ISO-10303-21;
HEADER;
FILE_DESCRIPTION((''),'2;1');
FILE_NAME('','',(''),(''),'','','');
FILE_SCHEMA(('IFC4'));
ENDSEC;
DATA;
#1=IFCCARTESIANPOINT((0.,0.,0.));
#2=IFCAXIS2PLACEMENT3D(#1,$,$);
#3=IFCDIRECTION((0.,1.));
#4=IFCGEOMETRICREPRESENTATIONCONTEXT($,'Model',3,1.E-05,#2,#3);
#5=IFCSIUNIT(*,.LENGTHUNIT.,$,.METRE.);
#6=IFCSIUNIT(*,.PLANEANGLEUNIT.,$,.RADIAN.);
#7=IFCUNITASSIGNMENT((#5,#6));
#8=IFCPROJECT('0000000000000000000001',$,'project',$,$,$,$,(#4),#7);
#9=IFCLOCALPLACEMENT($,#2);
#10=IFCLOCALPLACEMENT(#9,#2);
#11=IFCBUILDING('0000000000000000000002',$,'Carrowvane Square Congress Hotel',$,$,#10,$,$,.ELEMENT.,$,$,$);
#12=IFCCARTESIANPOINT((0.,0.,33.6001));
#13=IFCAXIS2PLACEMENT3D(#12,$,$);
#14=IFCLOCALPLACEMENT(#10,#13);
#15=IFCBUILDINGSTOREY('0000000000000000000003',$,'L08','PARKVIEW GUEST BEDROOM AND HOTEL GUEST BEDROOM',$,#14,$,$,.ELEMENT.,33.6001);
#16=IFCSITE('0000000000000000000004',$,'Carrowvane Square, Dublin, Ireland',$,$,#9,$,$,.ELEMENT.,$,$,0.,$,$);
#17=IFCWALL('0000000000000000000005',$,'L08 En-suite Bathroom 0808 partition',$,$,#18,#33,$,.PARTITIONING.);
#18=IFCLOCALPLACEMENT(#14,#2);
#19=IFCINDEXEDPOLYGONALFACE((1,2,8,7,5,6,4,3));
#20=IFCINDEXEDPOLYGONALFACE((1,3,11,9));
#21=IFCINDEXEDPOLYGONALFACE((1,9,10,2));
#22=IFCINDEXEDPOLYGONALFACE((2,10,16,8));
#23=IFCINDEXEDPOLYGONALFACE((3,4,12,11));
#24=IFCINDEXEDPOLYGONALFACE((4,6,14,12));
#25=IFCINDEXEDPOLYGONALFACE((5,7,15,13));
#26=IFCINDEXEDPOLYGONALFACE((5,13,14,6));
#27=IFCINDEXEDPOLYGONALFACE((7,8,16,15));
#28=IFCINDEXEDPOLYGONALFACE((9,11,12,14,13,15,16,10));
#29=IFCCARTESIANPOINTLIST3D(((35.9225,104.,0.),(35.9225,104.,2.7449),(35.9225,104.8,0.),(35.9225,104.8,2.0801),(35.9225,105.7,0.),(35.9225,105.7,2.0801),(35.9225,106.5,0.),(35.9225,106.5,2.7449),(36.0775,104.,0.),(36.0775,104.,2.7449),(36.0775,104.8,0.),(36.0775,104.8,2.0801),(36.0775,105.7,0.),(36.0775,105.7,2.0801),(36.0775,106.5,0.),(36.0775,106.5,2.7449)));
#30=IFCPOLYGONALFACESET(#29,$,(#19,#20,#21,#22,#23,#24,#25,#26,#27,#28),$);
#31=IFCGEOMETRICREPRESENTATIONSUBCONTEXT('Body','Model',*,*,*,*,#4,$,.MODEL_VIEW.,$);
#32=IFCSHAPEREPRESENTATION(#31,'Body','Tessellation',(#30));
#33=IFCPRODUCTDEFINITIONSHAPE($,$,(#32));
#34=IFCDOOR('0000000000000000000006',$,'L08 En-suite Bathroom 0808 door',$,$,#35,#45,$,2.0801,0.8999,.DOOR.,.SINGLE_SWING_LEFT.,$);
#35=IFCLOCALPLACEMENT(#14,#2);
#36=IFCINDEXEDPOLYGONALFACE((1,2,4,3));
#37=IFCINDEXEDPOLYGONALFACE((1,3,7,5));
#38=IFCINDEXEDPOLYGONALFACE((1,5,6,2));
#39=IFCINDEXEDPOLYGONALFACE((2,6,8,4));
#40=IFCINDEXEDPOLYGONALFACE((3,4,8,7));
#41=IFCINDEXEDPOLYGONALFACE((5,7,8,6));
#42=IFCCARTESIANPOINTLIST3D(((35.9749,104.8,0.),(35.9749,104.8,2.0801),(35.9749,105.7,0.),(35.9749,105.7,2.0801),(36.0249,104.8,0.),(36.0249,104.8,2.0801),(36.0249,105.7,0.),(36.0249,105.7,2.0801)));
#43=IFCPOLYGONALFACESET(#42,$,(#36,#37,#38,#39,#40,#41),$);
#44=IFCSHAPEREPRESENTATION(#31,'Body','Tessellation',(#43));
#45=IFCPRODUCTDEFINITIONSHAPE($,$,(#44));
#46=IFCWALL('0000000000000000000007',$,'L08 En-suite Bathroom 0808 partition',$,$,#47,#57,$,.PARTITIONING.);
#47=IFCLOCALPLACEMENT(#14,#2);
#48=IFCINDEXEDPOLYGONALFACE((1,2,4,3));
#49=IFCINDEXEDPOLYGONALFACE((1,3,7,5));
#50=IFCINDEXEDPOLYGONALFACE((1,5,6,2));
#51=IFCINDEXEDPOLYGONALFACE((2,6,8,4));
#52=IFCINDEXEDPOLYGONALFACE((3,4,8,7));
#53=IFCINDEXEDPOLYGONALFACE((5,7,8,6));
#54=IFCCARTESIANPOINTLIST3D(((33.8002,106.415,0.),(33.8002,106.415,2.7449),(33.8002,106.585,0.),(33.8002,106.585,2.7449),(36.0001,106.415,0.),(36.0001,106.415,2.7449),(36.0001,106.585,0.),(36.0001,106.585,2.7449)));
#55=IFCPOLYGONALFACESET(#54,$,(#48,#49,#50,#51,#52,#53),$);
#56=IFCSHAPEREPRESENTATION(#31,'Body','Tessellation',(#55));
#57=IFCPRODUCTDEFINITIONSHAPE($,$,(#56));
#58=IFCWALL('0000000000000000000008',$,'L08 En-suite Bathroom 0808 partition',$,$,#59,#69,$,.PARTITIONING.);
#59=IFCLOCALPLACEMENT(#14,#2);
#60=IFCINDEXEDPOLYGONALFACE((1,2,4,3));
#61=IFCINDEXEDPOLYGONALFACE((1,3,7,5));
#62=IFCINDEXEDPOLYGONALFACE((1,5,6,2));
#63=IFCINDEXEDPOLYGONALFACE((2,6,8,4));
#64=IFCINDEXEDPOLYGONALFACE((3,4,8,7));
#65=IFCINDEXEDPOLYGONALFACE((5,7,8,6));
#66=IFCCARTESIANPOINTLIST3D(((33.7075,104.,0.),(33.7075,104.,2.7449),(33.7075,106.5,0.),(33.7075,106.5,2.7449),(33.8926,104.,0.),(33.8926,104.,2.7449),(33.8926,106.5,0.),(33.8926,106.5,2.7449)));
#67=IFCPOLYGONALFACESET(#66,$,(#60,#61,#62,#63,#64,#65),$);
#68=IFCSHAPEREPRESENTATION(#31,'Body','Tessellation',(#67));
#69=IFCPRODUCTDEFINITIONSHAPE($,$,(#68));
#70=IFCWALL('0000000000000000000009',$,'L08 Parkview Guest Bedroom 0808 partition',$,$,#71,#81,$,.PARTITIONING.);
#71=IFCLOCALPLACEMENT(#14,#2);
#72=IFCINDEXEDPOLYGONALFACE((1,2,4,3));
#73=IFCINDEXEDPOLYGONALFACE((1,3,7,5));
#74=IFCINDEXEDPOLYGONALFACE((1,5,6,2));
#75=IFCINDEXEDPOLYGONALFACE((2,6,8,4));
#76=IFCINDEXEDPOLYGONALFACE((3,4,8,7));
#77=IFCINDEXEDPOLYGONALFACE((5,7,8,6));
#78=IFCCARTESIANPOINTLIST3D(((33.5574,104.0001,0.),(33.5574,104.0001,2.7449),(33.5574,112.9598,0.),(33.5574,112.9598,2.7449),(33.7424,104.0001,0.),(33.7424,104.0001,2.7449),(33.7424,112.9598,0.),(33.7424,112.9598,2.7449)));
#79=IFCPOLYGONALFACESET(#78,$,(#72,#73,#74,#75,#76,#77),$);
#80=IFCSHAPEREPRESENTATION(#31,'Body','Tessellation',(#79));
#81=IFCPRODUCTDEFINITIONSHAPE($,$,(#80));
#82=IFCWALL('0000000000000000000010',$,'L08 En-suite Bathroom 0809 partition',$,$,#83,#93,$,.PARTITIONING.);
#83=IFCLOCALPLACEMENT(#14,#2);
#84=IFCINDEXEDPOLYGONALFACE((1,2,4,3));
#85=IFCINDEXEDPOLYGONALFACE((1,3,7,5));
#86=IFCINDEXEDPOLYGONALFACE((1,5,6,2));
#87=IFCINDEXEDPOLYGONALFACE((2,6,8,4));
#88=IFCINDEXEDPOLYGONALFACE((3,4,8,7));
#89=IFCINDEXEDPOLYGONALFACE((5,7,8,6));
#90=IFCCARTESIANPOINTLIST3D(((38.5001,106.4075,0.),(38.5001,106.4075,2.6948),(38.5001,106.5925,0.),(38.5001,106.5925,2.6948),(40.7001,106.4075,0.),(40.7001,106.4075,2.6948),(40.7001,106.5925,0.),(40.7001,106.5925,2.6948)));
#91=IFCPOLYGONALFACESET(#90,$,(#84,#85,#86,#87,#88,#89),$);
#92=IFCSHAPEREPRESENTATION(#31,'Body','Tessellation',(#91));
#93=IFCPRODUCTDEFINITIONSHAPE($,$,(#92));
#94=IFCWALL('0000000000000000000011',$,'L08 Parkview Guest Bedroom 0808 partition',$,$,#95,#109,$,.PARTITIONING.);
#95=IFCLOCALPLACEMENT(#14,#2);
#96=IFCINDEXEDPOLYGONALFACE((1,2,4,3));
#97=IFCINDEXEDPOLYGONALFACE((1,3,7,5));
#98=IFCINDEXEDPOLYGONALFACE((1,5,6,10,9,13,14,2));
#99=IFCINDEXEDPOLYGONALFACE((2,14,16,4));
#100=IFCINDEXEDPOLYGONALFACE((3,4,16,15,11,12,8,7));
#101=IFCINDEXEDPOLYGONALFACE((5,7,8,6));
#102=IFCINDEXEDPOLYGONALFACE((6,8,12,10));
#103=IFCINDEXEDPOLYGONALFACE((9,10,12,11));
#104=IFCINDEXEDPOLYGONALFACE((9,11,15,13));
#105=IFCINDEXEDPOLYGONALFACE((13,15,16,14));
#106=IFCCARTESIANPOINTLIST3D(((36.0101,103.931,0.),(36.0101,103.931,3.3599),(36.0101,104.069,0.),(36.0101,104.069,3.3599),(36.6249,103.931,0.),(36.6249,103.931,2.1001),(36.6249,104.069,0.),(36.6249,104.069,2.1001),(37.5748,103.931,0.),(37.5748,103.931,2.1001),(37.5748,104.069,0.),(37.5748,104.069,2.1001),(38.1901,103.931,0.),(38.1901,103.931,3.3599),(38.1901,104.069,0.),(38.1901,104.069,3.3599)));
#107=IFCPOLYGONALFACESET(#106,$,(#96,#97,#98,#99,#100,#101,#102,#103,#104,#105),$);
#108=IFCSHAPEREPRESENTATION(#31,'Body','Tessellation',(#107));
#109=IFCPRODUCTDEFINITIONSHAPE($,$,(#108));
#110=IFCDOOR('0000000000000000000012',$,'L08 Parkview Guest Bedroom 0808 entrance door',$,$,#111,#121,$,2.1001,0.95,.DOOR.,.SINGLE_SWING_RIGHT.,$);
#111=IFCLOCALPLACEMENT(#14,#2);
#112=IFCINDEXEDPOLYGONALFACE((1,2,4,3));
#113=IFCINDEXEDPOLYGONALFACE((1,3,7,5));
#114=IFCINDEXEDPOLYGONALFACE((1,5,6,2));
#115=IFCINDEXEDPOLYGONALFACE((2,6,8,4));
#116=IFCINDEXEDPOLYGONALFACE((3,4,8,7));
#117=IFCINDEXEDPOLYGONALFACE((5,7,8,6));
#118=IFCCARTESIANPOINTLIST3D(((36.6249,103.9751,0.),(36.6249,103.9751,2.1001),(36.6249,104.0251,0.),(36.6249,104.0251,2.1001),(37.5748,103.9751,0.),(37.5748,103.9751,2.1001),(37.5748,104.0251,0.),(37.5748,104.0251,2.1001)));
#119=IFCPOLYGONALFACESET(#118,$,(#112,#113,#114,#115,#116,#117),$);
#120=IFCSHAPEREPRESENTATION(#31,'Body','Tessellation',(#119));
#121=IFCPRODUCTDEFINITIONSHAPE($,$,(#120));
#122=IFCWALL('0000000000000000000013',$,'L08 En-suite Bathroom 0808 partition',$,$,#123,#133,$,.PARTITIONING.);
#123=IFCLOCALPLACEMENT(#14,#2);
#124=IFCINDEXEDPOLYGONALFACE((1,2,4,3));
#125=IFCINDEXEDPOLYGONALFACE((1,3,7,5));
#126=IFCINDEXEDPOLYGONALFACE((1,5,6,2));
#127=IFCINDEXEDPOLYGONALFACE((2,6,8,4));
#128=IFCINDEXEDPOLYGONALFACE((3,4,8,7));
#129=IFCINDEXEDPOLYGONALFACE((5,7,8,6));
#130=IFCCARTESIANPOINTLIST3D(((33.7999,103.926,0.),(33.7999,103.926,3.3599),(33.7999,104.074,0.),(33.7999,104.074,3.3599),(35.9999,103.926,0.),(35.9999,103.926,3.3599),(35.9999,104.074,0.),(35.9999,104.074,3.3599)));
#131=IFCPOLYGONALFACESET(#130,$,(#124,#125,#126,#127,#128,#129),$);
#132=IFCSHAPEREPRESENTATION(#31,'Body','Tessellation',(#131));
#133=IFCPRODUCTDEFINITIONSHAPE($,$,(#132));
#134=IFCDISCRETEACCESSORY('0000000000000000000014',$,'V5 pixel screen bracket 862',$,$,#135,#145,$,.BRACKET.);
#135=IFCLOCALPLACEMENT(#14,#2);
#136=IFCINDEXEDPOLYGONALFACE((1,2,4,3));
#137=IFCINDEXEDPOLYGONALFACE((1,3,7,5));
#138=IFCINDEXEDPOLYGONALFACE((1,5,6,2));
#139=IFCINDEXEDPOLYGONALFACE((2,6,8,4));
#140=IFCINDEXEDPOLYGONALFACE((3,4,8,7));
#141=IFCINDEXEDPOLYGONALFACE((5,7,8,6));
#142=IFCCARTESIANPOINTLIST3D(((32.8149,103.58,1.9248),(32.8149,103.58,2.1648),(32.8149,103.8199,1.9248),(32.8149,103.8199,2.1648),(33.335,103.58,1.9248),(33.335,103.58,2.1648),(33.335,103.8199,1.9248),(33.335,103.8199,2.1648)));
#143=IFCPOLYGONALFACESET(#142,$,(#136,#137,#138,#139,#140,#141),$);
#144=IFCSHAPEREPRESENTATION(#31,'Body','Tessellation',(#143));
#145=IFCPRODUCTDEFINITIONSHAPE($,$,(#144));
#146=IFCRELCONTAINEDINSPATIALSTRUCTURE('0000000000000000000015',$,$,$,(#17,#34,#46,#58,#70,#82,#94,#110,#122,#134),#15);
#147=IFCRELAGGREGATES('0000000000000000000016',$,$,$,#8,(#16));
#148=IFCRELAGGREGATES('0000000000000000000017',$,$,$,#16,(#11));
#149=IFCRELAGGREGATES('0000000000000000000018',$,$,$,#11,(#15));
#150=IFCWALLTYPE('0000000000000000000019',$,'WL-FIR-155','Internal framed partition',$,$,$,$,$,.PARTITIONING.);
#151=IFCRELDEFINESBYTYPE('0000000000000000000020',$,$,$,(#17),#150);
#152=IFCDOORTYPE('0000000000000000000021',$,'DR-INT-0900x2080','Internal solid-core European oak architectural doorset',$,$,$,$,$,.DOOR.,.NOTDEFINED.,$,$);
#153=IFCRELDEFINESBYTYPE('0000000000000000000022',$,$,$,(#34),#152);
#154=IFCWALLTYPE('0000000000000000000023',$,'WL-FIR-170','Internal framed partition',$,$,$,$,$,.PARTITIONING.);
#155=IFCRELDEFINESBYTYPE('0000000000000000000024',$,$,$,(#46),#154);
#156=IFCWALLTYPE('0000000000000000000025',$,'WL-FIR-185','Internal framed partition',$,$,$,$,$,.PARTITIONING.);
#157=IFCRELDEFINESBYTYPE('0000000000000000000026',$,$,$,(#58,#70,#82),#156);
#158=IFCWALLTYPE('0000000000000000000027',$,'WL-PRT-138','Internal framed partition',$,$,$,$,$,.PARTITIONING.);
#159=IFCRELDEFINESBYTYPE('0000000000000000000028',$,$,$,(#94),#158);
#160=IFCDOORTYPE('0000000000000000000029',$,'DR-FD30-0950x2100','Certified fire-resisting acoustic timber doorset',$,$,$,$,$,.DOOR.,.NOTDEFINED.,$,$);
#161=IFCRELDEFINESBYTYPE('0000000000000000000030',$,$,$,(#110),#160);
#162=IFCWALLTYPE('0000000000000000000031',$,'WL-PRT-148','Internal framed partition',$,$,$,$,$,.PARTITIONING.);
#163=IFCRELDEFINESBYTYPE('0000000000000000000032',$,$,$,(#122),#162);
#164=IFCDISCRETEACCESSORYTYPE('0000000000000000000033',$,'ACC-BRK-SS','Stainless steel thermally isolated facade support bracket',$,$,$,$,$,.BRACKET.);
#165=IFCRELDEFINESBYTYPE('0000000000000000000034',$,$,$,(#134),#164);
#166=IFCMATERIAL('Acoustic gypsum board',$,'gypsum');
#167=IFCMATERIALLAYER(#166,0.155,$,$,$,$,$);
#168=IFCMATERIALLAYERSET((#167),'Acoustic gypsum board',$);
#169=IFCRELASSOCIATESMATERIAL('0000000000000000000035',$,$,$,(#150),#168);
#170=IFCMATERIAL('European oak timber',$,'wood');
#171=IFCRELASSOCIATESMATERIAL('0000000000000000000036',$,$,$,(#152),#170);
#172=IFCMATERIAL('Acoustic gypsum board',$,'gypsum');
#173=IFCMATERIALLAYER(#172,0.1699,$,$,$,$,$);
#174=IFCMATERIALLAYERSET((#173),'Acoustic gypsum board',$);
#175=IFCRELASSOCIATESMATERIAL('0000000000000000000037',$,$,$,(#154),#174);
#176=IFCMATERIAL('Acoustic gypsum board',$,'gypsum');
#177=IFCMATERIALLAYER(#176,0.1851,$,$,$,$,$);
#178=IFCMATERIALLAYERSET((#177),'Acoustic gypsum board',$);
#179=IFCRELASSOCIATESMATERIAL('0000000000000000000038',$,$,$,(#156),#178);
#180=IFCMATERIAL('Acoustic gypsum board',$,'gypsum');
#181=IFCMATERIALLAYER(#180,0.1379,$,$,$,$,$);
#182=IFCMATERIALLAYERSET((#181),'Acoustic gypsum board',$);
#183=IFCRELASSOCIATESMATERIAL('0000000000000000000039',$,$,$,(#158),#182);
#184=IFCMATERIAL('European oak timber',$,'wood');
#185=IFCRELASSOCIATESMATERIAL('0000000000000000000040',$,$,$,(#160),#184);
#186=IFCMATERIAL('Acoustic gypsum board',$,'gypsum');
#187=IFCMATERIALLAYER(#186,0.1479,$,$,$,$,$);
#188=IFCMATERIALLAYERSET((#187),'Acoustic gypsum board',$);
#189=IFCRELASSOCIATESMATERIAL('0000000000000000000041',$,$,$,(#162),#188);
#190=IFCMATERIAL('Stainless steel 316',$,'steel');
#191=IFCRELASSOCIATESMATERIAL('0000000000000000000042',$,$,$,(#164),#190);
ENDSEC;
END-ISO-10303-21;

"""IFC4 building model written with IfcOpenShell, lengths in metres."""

from ifc_helpers import new_model, si_unit, direction, frame, frame_2d, origin, origin_2d, place, context, subcontext, project, spatial, rectangle, extrude, material, layer, layer_set, type_object, element, fill, save


model = new_model("IFC4")

# Units and contexts
model_context = context("Model", 3, precision=1e-05, world=origin(), true_north=direction((0.0, 1.0)))
body_context = subcontext(model_context, "Body", "Model", "MODEL_VIEW")
ifc_project = project(units=[si_unit("LENGTHUNIT", "METRE"), si_unit("PLANEANGLEUNIT", "RADIAN")], contexts=[model_context])

# Site, building, storey
site_placement = place(None, origin())
site = spatial("IfcSite", under=ifc_project, at=site_placement, Name="Carrowvane Square, Dublin, Ireland", CompositionType="ELEMENT", RefElevation=0.0)
building_placement = place(site_placement, origin())
building = spatial("IfcBuilding", under=site, at=building_placement, Name="Carrowvane Square Congress Hotel", CompositionType="ELEMENT")
storey_placement = place(building_placement, frame((0.0, 0.0, 33.6001)))
storey = spatial("IfcBuildingStorey", under=building, at=storey_placement, Name="L08", Description="PARKVIEW GUEST BEDROOM AND HOTEL GUEST BEDROOM", CompositionType="ELEMENT", Elevation=33.6001)

# Wall, opening, door
ifc_material_1 = material(Name="Acoustic gypsum board", Category="gypsum")
ifc_layer_1 = layer(ifc_material_1, 0.155)
ifc_layer_set_1 = layer_set([ifc_layer_1], Name="Acoustic gypsum board")
wall_type_1 = type_object("IfcWallType", Name="WL-FIR-155", Description="Internal framed partition", PredefinedType="PARTITIONING", material=ifc_layer_set_1)
wall_1_placement = place(storey_placement, frame((36.0, 106.5, 0.0), z_axis=(0.0, 0.0, 1.0), x_axis=(0.0, -1.0, 0.0)))
wall_1 = element("IfcWall", 1, at=wall_1_placement, inside=storey, type_object=wall_type_1, Name="L08 En-suite Bathroom 0808 partition", PredefinedType="PARTITIONING", context=body_context, shape_type="SweptSolid", body=[
    extrude(rectangle(XDim=2.5, YDim=0.155, at=frame_2d((1.25, 0.0))), origin(), (0.0, 0.0, 1.0), 2.7449),
])
opening_1_placement = place(wall_1_placement, frame((0.8, 0.0, 0.0)))
opening_1 = element("IfcOpeningElement", 2, at=opening_1_placement, cuts=wall_1, PredefinedType="OPENING", context=body_context, shape_type="SweptSolid", body=[
    extrude(rectangle(XDim=0.8999, YDim=2.0801, at=frame_2d((0.45, 1.04))), frame((0.0, 0.0874, 0.0), z_axis=(0.0, -1.0, 0.0), x_axis=(1.0, 0.0, 0.0)), (0.0, 0.0, 1.0), 0.175),
])
ifc_material_2 = material(Name="European oak timber", Category="wood")
door_type_1 = type_object("IfcDoorType", Name="DR-INT-0900x2080", Description="Internal solid-core European oak architectural doorset", OperationType="NOTDEFINED", PredefinedType="DOOR", material=ifc_material_2)
door_1_placement = place(opening_1_placement, origin())
door_1 = element("IfcDoor", 3, at=door_1_placement, inside=storey, type_object=door_type_1, Name="L08 En-suite Bathroom 0808 door", OperationType="SINGLE_SWING_LEFT", OverallHeight=2.0801, OverallWidth=0.8999, PredefinedType="DOOR", context=body_context, shape_type="SweptSolid", body=[
    extrude(rectangle(XDim=0.8999, YDim=2.0801, at=frame_2d((0.45, 1.04))), frame((0.0, 0.0249, 0.0), z_axis=(0.0, -1.0, 0.0), x_axis=(1.0, 0.0, 0.0)), (0.0, 0.0, 1.0), 0.05),
])
fill(opening_1, door_1)

# Walls
ifc_material_3 = material(Name="Acoustic gypsum board", Category="gypsum")
ifc_layer_2 = layer(ifc_material_3, 0.1699)
ifc_layer_set_2 = layer_set([ifc_layer_2], Name="Acoustic gypsum board")
wall_type_2 = type_object("IfcWallType", Name="WL-FIR-170", Description="Internal framed partition", PredefinedType="PARTITIONING", material=ifc_layer_set_2)
wall_2_placement = place(storey_placement, frame((33.8, 106.5, 0.0), z_axis=(0.0, 0.0, 1.0), x_axis=(1.0, 0.0, 0.0)))
element("IfcWall", 4, at=wall_2_placement, inside=storey, type_object=wall_type_2, Name="L08 En-suite Bathroom 0808 partition", PredefinedType="PARTITIONING", context=body_context, shape_type="SweptSolid", body=[
    extrude(rectangle(XDim=2.2, YDim=0.1699, at=frame_2d((1.1001, 0.0))), origin(), (0.0, 0.0, 1.0), 2.7449),
])
ifc_material_4 = material(Name="Acoustic gypsum board", Category="gypsum")
ifc_layer_3 = layer(ifc_material_4, 0.1851)
ifc_layer_set_3 = layer_set([ifc_layer_3], Name="Acoustic gypsum board")
wall_type_3 = type_object("IfcWallType", Name="WL-FIR-185", Description="Internal framed partition", PredefinedType="PARTITIONING", material=ifc_layer_set_3)
wall_3_placement = place(storey_placement, frame((33.8, 104.0, 0.0), z_axis=(0.0, 0.0, 1.0), x_axis=(0.0, 1.0, 0.0)))
element("IfcWall", 5, at=wall_3_placement, inside=storey, type_object=wall_type_3, Name="L08 En-suite Bathroom 0808 partition", PredefinedType="PARTITIONING", context=body_context, shape_type="SweptSolid", body=[
    extrude(rectangle(XDim=2.5, YDim=0.1851, at=frame_2d((1.25, 0.0))), origin(), (0.0, 0.0, 1.0), 2.7449),
])
wall_4_placement = place(storey_placement, frame((33.6499, 104.0, 0.0), z_axis=(0.0, 0.0, 1.0), x_axis=(0.0, 1.0, 0.0)))
element("IfcWall", 6, at=wall_4_placement, inside=storey, type_object=wall_type_3, Name="L08 Parkview Guest Bedroom 0808 partition", PredefinedType="PARTITIONING", context=body_context, shape_type="SweptSolid", body=[
    extrude(rectangle(XDim=8.9597, YDim=0.1851, at=frame_2d((4.48, 0.0))), origin(), (0.0, 0.0, 1.0), 2.7449),
])
wall_5_placement = place(storey_placement, frame((38.5, 106.5, 0.0), z_axis=(0.0, 0.0, 1.0), x_axis=(1.0, 0.0, 0.0)))
element("IfcWall", 7, at=wall_5_placement, inside=storey, type_object=wall_type_3, Name="L08 En-suite Bathroom 0809 partition", PredefinedType="PARTITIONING", context=body_context, shape_type="SweptSolid", body=[
    extrude(rectangle(XDim=2.2, YDim=0.1851, at=frame_2d((1.1001, 0.0))), origin(), (0.0, 0.0, 1.0), 2.6948),
])

# Wall, opening, door
ifc_material_5 = material(Name="Acoustic gypsum board", Category="gypsum")
ifc_layer_4 = layer(ifc_material_5, 0.1379)
ifc_layer_set_4 = layer_set([ifc_layer_4], Name="Acoustic gypsum board")
wall_type_4 = type_object("IfcWallType", Name="WL-PRT-138", Description="Internal framed partition", PredefinedType="PARTITIONING", material=ifc_layer_set_4)
wall_6_placement = place(storey_placement, frame((38.1899, 104.0, 0.0), z_axis=(0.0, 0.0, 1.0), x_axis=(-1.0, 0.0, 0.0)))
wall_6 = element("IfcWall", 8, at=wall_6_placement, inside=storey, type_object=wall_type_4, Name="L08 Parkview Guest Bedroom 0808 partition", PredefinedType="PARTITIONING", context=body_context, shape_type="SweptSolid", body=[
    extrude(rectangle(XDim=2.1799, YDim=0.1379, at=frame_2d((1.0898, 0.0))), origin(), (0.0, 0.0, 1.0), 3.3599),
])
opening_2_placement = place(wall_6_placement, frame((0.615, 0.0, 0.0)))
opening_2 = element("IfcOpeningElement", 9, at=opening_2_placement, cuts=wall_6, PredefinedType="OPENING", context=body_context, shape_type="SweptSolid", body=[
    extrude(rectangle(XDim=0.95, YDim=2.1001, at=frame_2d((0.4751, 1.05))), frame((0.0, 0.0789, 0.0), z_axis=(0.0, -1.0, 0.0), x_axis=(1.0, 0.0, 0.0)), (0.0, 0.0, 1.0), 0.158),
])
ifc_material_6 = material(Name="European oak timber", Category="wood")
door_type_2 = type_object("IfcDoorType", Name="DR-FD30-0950x2100", Description="Certified fire-resisting acoustic timber doorset", OperationType="NOTDEFINED", PredefinedType="DOOR", material=ifc_material_6)
door_2_placement = place(opening_2_placement, origin())
door_2 = element("IfcDoor", 10, at=door_2_placement, inside=storey, type_object=door_type_2, Name="L08 Parkview Guest Bedroom 0808 entrance door", OperationType="SINGLE_SWING_RIGHT", OverallHeight=2.1001, OverallWidth=0.95, PredefinedType="DOOR", context=body_context, shape_type="SweptSolid", body=[
    extrude(rectangle(XDim=0.95, YDim=2.1001, at=frame_2d((0.4751, 1.05))), frame((0.0, 0.0249, 0.0), z_axis=(0.0, -1.0, 0.0), x_axis=(1.0, 0.0, 0.0)), (0.0, 0.0, 1.0), 0.05),
])
fill(opening_2, door_2)

# Wall
ifc_material_7 = material(Name="Acoustic gypsum board", Category="gypsum")
ifc_layer_5 = layer(ifc_material_7, 0.1479)
ifc_layer_set_5 = layer_set([ifc_layer_5], Name="Acoustic gypsum board")
wall_type_5 = type_object("IfcWallType", Name="WL-PRT-148", Description="Internal framed partition", PredefinedType="PARTITIONING", material=ifc_layer_set_5)
wall_7_placement = place(storey_placement, frame((36.0, 104.0, 0.0), z_axis=(0.0, 0.0, 1.0), x_axis=(-1.0, 0.0, 0.0)))
element("IfcWall", 11, at=wall_7_placement, inside=storey, type_object=wall_type_5, Name="L08 En-suite Bathroom 0808 partition", PredefinedType="PARTITIONING", context=body_context, shape_type="SweptSolid", body=[
    extrude(rectangle(XDim=2.2, YDim=0.1479, at=frame_2d((1.1001, 0.0))), origin(), (0.0, 0.0, 1.0), 3.3599),
])

# Discrete accessory
ifc_material_8 = material(Name="Stainless steel 316", Category="steel")
discrete_accessory_type = type_object("IfcDiscreteAccessoryType", Name="ACC-BRK-SS", Description="Stainless steel thermally isolated facade support bracket", PredefinedType="BRACKET", material=ifc_material_8)
discrete_accessory_placement = place(storey_placement, frame((33.075, 103.7, 1.9248), z_axis=(0.0, 0.0, 1.0), x_axis=(0.0, 1.0, 0.0)))
element("IfcDiscreteAccessory", 12, at=discrete_accessory_placement, inside=storey, type_object=discrete_accessory_type, Name="V5 pixel screen bracket 862", PredefinedType="BRACKET", context=body_context, shape_type="SweptSolid", body=[
    extrude(rectangle(XDim=0.24, YDim=0.52, at=origin_2d()), origin(), (0.0, 0.0, 1.0), 0.24),
])

save(model, "model.ifc")
